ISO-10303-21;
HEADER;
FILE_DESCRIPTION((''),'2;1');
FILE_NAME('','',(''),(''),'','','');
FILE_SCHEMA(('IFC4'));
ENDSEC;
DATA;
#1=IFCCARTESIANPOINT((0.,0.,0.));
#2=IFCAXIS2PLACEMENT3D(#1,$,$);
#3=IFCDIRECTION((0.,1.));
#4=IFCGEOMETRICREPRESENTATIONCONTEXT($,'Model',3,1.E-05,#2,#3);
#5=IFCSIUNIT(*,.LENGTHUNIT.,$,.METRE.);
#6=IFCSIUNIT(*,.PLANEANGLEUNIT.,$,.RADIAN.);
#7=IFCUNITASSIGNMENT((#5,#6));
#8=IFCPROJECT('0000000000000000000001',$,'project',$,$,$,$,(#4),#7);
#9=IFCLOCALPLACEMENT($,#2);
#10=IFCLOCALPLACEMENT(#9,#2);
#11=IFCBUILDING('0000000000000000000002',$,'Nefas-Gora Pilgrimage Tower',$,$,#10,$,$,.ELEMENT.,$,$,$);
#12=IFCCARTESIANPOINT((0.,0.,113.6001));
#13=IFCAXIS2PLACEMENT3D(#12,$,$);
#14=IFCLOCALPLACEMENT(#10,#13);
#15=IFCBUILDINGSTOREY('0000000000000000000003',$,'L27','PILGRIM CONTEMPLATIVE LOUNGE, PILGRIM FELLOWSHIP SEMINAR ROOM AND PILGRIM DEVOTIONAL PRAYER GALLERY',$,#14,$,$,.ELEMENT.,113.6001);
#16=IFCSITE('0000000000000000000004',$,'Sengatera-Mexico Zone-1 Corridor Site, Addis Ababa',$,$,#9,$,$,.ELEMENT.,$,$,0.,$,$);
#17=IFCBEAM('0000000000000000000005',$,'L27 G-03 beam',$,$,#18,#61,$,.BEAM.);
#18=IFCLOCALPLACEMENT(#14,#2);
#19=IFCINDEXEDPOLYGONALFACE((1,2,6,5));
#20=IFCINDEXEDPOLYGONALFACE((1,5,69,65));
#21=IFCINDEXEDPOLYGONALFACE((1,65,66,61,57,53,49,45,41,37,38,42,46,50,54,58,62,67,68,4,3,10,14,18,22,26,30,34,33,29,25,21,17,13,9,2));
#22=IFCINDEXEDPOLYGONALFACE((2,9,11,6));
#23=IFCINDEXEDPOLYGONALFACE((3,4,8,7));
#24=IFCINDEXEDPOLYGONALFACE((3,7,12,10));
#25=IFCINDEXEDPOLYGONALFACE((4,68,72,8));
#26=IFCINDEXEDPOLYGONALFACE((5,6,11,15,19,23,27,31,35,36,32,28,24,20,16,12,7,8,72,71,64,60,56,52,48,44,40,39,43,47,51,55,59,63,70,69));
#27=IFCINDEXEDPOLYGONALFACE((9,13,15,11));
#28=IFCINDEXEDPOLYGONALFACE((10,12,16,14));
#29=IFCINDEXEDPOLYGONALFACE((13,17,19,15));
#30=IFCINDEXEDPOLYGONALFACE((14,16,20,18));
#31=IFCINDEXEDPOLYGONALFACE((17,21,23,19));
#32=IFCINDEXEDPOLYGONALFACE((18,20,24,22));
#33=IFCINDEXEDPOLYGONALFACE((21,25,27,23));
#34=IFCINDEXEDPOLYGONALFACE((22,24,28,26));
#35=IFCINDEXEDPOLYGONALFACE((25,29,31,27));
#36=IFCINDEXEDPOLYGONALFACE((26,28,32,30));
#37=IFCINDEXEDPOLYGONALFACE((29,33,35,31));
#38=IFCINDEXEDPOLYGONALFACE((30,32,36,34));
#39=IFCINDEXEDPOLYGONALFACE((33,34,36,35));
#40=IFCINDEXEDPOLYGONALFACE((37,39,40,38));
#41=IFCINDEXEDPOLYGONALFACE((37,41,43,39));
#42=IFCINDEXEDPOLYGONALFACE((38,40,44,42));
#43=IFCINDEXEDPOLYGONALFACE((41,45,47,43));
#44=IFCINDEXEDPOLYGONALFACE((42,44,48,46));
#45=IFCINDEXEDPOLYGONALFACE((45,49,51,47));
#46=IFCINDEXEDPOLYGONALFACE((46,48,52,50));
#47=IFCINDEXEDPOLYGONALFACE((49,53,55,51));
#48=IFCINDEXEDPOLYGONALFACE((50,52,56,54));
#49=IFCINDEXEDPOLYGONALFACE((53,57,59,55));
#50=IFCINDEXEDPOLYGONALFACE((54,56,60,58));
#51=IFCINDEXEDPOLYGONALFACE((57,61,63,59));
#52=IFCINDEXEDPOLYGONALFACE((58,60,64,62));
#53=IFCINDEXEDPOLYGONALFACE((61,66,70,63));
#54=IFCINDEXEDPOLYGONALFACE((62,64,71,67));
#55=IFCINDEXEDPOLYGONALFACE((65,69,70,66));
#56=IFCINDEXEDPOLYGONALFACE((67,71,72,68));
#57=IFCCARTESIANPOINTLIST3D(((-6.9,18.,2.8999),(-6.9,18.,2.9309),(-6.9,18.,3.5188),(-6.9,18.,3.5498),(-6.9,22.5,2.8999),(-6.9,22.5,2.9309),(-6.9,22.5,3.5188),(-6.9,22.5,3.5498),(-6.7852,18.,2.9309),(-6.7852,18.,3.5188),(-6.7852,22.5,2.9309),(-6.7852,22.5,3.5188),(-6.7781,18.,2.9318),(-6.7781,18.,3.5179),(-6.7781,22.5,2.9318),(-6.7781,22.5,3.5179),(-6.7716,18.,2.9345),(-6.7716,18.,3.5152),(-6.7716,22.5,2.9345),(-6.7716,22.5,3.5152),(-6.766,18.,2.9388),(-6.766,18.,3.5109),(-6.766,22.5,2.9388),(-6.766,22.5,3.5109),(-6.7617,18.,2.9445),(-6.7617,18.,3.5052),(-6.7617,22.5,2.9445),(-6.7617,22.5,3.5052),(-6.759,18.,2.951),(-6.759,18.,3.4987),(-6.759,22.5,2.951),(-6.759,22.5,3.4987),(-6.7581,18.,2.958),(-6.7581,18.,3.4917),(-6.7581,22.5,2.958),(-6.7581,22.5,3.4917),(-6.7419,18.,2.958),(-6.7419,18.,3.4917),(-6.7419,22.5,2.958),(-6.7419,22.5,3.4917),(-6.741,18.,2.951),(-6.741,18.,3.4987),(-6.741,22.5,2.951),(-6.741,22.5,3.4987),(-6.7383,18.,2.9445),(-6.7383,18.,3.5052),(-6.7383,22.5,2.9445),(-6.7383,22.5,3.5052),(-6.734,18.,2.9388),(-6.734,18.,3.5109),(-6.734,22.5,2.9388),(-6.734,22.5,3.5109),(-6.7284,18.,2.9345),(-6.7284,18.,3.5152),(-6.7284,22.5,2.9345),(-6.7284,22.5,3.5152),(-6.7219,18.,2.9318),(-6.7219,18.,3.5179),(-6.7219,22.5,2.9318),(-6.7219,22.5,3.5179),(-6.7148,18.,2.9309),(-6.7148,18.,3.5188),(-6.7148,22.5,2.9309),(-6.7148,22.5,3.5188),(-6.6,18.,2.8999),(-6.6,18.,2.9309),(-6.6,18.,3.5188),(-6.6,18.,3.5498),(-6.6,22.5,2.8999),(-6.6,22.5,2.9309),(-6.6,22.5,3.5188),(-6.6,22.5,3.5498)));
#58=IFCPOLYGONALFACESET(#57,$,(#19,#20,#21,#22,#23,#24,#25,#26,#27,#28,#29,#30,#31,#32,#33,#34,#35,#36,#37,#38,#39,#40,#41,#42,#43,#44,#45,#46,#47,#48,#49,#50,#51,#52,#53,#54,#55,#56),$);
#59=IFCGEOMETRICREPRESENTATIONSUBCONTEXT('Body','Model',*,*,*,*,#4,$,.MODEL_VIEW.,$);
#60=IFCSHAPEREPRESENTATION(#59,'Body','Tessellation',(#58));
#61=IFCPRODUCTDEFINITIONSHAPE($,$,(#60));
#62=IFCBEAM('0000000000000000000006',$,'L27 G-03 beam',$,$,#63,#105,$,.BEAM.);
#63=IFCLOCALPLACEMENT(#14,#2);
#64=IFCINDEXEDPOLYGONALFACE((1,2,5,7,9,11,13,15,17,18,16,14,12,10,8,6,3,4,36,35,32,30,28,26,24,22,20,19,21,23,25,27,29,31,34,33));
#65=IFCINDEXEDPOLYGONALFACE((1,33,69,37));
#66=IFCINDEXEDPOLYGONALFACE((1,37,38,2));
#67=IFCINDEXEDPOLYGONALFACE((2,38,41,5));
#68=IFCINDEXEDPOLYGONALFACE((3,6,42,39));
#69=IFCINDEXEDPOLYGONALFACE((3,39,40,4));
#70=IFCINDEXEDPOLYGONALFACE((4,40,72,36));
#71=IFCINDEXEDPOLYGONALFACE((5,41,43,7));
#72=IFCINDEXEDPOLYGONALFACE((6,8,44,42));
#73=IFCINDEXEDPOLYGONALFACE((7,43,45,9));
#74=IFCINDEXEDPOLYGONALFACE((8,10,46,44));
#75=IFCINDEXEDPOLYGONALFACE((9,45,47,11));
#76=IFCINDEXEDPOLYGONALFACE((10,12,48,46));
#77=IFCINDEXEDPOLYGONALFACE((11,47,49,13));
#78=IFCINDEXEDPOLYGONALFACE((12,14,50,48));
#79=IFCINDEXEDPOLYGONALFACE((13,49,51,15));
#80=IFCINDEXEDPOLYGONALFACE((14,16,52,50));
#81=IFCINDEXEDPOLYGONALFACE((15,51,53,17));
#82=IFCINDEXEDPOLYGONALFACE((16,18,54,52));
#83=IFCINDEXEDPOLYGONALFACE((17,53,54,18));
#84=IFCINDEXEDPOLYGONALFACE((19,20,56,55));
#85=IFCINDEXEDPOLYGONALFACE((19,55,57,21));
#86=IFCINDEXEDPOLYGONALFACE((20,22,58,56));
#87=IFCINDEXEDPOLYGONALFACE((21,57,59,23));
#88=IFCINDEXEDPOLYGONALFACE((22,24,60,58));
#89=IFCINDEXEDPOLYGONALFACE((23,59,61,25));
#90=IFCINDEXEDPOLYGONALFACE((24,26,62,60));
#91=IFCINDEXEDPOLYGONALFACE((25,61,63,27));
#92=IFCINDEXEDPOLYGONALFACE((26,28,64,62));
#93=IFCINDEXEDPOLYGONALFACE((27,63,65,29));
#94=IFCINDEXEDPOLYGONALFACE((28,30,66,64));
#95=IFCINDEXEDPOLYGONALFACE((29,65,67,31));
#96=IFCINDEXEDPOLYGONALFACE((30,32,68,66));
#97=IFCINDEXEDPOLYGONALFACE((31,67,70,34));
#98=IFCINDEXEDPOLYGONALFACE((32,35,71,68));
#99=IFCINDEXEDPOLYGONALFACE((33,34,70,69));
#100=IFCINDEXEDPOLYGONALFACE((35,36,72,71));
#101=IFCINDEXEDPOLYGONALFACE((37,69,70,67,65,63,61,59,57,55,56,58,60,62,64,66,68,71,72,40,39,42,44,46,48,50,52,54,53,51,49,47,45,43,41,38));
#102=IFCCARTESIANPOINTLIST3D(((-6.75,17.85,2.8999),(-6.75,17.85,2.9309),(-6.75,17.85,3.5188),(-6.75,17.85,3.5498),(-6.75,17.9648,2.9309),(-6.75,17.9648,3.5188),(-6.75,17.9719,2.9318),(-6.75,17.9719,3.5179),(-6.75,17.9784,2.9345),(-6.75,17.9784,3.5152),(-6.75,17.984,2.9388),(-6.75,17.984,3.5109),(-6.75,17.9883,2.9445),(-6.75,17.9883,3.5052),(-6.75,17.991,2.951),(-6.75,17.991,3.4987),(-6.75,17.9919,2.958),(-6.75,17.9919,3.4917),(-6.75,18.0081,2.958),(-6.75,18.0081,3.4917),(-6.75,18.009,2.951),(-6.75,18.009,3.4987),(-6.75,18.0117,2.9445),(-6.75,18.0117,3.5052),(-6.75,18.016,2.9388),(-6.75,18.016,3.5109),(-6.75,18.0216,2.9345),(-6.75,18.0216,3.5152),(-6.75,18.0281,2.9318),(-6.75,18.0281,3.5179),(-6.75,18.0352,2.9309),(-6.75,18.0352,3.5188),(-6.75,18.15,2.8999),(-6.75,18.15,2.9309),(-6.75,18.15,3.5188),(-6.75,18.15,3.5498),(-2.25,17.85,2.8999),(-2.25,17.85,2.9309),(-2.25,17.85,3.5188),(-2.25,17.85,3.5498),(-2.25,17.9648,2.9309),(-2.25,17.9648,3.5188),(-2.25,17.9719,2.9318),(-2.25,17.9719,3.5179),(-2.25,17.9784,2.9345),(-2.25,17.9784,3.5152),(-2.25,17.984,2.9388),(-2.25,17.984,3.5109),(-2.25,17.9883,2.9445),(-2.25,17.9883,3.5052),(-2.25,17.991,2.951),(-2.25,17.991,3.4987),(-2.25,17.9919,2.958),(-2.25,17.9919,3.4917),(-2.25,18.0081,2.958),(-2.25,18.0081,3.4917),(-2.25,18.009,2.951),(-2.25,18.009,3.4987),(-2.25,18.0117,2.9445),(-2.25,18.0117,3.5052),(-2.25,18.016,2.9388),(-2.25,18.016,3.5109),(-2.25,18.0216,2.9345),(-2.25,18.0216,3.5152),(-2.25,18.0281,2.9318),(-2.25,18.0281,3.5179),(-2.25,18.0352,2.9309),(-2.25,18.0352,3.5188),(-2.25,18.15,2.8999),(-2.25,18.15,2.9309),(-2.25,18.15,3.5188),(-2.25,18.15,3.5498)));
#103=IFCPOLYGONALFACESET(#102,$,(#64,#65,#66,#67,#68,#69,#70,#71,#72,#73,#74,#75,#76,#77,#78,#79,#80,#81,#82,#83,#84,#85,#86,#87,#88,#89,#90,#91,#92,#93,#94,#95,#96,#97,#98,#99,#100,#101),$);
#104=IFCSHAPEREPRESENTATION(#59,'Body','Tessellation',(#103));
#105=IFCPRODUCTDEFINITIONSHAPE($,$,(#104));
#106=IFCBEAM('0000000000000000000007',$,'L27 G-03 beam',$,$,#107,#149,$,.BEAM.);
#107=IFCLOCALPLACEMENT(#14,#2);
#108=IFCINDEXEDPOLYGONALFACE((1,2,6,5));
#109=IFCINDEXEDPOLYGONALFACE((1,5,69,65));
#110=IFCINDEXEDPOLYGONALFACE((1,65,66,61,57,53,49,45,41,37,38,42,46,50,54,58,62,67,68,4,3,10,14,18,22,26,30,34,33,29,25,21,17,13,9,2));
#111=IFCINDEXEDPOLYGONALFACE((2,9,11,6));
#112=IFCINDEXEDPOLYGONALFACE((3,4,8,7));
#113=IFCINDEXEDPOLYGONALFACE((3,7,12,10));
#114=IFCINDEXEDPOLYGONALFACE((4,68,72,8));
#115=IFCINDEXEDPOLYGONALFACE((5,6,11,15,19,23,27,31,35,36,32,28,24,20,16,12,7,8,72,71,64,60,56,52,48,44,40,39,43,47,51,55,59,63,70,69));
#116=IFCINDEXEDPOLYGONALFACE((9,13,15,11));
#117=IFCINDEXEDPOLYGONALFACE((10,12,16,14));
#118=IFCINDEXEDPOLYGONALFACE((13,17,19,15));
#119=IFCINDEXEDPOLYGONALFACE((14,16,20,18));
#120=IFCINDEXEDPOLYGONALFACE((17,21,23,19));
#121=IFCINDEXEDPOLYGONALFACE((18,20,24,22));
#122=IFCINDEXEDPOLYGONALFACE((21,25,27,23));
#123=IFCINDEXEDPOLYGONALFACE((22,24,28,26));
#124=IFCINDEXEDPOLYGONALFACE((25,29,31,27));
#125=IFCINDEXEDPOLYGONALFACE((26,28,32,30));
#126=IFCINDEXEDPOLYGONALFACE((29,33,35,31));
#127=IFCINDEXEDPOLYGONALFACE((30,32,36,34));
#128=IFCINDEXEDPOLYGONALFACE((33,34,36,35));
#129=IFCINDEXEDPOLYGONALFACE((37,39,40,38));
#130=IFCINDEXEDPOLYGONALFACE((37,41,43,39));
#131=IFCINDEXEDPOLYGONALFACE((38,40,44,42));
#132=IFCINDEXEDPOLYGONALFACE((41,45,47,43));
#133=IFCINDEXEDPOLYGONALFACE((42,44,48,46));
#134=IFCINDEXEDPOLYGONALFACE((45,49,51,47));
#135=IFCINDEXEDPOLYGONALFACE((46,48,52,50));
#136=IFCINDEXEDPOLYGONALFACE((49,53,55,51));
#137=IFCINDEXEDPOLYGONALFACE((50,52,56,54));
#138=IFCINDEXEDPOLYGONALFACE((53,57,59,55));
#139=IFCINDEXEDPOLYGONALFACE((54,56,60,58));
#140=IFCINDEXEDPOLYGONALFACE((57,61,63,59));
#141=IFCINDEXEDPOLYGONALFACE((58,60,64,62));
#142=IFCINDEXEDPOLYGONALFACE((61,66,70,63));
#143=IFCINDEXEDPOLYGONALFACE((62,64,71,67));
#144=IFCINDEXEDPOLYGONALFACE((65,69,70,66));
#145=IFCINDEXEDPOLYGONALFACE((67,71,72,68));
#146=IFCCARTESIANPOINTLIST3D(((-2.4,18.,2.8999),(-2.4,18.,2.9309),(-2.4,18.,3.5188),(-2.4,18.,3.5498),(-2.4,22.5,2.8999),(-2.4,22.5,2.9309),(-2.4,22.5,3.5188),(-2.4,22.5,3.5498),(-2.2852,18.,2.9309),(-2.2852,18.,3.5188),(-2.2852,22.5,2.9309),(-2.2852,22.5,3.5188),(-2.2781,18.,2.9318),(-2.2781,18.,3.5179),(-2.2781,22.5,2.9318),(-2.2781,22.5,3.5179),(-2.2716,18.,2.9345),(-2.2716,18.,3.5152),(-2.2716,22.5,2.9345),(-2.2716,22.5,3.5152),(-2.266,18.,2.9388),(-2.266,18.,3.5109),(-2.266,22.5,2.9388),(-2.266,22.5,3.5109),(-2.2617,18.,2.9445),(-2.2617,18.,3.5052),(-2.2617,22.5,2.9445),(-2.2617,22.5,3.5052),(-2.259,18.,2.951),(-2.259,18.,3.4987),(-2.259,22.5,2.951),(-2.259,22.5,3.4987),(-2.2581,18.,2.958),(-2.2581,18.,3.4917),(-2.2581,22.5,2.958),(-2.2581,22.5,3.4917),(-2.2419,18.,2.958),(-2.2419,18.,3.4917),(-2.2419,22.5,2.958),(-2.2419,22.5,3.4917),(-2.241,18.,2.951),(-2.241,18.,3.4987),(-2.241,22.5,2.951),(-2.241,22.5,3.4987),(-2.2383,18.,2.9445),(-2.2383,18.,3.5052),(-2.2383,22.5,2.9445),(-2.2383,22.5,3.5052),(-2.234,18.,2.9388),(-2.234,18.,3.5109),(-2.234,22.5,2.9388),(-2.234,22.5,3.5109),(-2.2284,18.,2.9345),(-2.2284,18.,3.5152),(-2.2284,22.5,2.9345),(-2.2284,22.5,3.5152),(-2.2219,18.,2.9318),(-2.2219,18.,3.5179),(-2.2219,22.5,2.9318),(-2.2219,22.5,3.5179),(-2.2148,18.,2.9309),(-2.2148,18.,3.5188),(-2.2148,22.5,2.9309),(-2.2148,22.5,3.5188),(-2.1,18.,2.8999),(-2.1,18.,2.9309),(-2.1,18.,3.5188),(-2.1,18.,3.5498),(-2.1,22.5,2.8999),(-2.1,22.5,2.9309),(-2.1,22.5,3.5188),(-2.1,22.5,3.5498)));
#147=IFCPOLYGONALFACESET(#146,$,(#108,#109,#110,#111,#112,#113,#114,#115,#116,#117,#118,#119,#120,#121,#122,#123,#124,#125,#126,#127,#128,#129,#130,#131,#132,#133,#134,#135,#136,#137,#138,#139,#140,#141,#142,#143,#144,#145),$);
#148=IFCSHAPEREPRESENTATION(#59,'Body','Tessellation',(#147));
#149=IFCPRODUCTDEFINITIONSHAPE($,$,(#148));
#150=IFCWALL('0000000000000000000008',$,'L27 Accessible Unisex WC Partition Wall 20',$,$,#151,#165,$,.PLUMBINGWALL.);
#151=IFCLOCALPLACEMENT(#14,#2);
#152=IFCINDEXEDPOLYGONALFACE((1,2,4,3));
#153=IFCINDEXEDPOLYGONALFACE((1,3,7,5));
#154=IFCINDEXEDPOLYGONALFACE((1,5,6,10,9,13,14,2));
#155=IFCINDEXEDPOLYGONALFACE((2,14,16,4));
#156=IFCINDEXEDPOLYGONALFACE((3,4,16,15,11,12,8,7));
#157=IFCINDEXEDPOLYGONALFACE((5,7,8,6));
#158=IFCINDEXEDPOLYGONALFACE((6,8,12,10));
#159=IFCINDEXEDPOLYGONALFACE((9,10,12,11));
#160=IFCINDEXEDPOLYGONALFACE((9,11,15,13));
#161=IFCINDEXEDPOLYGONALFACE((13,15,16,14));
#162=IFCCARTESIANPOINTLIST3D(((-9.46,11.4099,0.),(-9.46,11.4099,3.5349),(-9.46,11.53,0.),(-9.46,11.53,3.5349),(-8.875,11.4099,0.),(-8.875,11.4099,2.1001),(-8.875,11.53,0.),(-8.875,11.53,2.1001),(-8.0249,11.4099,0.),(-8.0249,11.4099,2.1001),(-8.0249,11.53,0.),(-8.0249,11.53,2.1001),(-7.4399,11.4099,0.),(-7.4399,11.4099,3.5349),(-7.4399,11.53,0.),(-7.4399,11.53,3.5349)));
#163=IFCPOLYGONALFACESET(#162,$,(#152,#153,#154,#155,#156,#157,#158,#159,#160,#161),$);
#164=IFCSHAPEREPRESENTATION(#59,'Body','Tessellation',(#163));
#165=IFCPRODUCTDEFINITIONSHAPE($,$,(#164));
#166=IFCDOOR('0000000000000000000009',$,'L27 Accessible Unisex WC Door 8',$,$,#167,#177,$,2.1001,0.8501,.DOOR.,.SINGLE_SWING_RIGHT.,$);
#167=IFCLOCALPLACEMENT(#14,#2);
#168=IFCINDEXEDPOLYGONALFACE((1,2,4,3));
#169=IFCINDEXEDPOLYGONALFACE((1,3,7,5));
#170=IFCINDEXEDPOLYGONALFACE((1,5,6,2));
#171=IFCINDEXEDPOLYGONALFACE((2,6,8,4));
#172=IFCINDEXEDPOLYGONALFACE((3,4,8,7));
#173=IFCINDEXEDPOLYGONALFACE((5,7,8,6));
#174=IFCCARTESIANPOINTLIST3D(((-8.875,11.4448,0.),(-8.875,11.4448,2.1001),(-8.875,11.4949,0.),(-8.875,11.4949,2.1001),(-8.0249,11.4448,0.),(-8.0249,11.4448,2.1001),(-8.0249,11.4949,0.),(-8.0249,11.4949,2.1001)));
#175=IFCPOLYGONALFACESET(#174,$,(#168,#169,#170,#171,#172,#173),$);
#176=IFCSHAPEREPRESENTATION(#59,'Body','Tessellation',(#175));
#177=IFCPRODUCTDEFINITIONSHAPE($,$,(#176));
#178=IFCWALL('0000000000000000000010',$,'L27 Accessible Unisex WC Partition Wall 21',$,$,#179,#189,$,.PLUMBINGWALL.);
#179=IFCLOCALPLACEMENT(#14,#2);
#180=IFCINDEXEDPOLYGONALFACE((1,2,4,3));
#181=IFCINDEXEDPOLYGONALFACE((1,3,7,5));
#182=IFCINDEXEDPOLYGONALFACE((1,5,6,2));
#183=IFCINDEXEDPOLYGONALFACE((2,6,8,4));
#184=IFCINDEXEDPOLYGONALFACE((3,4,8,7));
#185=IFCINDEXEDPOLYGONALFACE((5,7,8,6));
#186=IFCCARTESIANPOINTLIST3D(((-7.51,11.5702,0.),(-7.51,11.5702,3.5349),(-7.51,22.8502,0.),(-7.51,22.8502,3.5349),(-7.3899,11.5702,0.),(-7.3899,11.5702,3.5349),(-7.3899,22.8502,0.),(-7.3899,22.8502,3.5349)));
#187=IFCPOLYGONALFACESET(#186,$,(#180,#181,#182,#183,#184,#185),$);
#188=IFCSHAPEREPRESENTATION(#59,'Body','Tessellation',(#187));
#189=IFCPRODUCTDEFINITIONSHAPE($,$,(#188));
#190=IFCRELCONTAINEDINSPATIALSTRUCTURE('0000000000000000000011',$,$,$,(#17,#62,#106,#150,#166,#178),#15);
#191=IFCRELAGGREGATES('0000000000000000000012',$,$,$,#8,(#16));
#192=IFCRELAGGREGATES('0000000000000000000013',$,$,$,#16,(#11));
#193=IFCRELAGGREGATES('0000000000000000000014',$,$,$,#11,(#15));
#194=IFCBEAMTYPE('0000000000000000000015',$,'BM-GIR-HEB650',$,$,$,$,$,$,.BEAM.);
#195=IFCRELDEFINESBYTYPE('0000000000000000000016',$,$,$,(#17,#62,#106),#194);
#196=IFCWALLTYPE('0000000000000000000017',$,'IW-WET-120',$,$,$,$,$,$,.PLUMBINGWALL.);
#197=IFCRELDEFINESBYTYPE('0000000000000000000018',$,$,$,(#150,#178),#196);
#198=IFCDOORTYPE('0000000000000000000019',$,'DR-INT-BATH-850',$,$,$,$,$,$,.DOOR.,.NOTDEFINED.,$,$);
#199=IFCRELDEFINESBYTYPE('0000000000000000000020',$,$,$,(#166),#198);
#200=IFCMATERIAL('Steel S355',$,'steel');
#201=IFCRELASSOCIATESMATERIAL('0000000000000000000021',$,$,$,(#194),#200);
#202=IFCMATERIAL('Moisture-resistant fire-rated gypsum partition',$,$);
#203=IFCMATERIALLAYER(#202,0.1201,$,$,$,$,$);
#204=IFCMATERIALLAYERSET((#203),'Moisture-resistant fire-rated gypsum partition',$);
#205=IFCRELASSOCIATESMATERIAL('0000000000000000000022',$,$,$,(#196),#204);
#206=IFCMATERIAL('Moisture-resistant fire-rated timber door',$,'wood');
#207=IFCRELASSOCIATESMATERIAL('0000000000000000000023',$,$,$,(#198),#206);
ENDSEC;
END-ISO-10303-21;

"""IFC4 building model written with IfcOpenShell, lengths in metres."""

from ifc_helpers import new_model, si_unit, direction, frame, frame_2d, origin, origin_2d, place, context, subcontext, project, spatial, rectangle, i_section, extrude, source, transform, mapped, material, layer, layer_set, material_profile, profile_set, type_object, element, fill, save


model = new_model("IFC4")

# Units and contexts
model_context = context("Model", 3, precision=1e-05, world=origin(), true_north=direction((0.0, 1.0)))
body_context = subcontext(model_context, "Body", "Model", "MODEL_VIEW")
ifc_project = project(units=[si_unit("LENGTHUNIT", "METRE"), si_unit("PLANEANGLEUNIT", "RADIAN")], contexts=[model_context])

# Site, building, storey
site_placement = place(None, origin())
site = spatial("IfcSite", under=ifc_project, at=site_placement, Name="Sengatera-Mexico Zone-1 Corridor Site, Addis Ababa", CompositionType="ELEMENT", RefElevation=0.0)
building_placement = place(site_placement, origin())
building = spatial("IfcBuilding", under=site, at=building_placement, Name="Nefas-Gora Pilgrimage Tower", CompositionType="ELEMENT")
storey_placement = place(building_placement, frame((0.0, 0.0, 113.6001)))
storey = spatial("IfcBuildingStorey", under=building, at=storey_placement, Name="L27", Description="PILGRIM CONTEMPLATIVE LOUNGE, PILGRIM FELLOWSHIP SEMINAR ROOM AND PILGRIM DEVOTIONAL PRAYER GALLERY", CompositionType="ELEMENT", Elevation=113.6001)

# Beams
ifc_material_1 = material(Name="Steel S355", Category="steel")
ifc_material_profile_1 = material_profile(ifc_material_1, i_section(OverallWidth=0.3, OverallDepth=0.6499, WebThickness=0.0161, FlangeThickness=0.031, FilletRadius=0.0271, at=origin_2d()), Name="HEB 650")
ifc_profile_set_1 = profile_set([ifc_material_profile_1], Name="Steel S355")
beam_type = type_object("IfcBeamType", Name="BM-GIR-HEB650", PredefinedType="BEAM", material=ifc_profile_set_1)
shared_shape_1 = source(origin(), body_context, "Body", "SweptSolid", [
    extrude(i_section(OverallWidth=0.3, OverallDepth=0.6499, WebThickness=0.0161, FlangeThickness=0.031, FilletRadius=0.0271, at=origin_2d()), origin(), (0.0, 0.0, 1.0), 4.5),
])
for number, where, z_axis, x_axis, name in (
    (1, (-6.75, 18.0, 3.2249), (0.0, 1.0, 0.0), (-1.0, 0.0, 0.0), "L27 G-03 beam"),
    (2, (-6.75, 18.0, 3.2249), (1.0, 0.0, 0.0), (0.0, 1.0, 0.0), "L27 G-03 beam"),
    (3, (-2.25, 18.0, 3.2249), (0.0, 1.0, 0.0), (-1.0, 0.0, 0.0), "L27 G-03 beam"),
):
    element("IfcBeam", number, at=place(storey_placement, frame(where, z_axis=z_axis, x_axis=x_axis)), inside=storey, type_object=beam_type, Name=name, PredefinedType="BEAM", context=body_context, shape_type="MappedRepresentation", body=[
        mapped(shared_shape_1, transform((0.0, 0.0, 0.0), x_axis=(1.0, 0.0, 0.0), y_axis=(0.0, 1.0, 0.0), z_axis=(0.0, 0.0, 1.0), scale=1.0)),
    ])

# Wall, opening, door
ifc_material_2 = material(Name="Moisture-resistant fire-rated gypsum partition")
ifc_layer_1 = layer(ifc_material_2, 0.1201)
ifc_layer_set_1 = layer_set([ifc_layer_1], Name="Moisture-resistant fire-rated gypsum partition")
wall_type_1 = type_object("IfcWallType", Name="IW-WET-120", PredefinedType="PLUMBINGWALL", material=ifc_layer_set_1)
shared_shape_2 = source(origin(), body_context, "Body", "SweptSolid", [
    extrude(rectangle(XDim=2.02, YDim=0.1201, at=frame_2d((1.01, 0.0))), origin(), (0.0, 0.0, 1.0), 3.5349),
])
wall_1_placement = place(storey_placement, frame((-9.46, 11.47, 0.0), z_axis=(0.0, 0.0, 1.0), x_axis=(1.0, 0.0, 0.0)))
wall_1 = element("IfcWall", 4, at=wall_1_placement, inside=storey, type_object=wall_type_1, Name="L27 Accessible Unisex WC Partition Wall 20", PredefinedType="PLUMBINGWALL", context=body_context, shape_type="MappedRepresentation", body=[
    mapped(shared_shape_2, transform((0.0, 0.0, 0.0), x_axis=(1.0, 0.0, 0.0), y_axis=(0.0, 1.0, 0.0), z_axis=(0.0, 0.0, 1.0), scale=1.0)),
])
opening_1_placement = place(wall_1_placement, frame((0.585, 0.0, 0.0)))
opening_1 = element("IfcOpeningElement", 5, at=opening_1_placement, cuts=wall_1, PredefinedType="OPENING", context=body_context, shape_type="SweptSolid", body=[
    extrude(rectangle(XDim=0.8501, YDim=2.1001, at=frame_2d((0.425, 1.05))), frame((0.0, 0.0701, 0.0), z_axis=(0.0, -1.0, 0.0), x_axis=(1.0, 0.0, 0.0)), (0.0, 0.0, 1.0), 0.1401),
])
ifc_material_3 = material(Name="Moisture-resistant fire-rated timber door", Category="wood")
door_type_1 = type_object("IfcDoorType", Name="DR-INT-BATH-850", OperationType="NOTDEFINED", PredefinedType="DOOR", material=ifc_material_3)
shared_shape_3 = source(origin(), body_context, "Body", "SweptSolid", [
    extrude(rectangle(XDim=0.8501, YDim=2.1001, at=frame_2d((0.425, 1.05))), frame((0.0, 0.0249, 0.0), z_axis=(0.0, -1.0, 0.0), x_axis=(1.0, 0.0, 0.0)), (0.0, 0.0, 1.0), 0.05),
])
door_1_placement = place(opening_1_placement, origin())
door_1 = element("IfcDoor", 6, at=door_1_placement, inside=storey, type_object=door_type_1, Name="L27 Accessible Unisex WC Door 8", OperationType="SINGLE_SWING_RIGHT", OverallHeight=2.1001, OverallWidth=0.8501, PredefinedType="DOOR", context=body_context, shape_type="MappedRepresentation", body=[
    mapped(shared_shape_3, transform((0.0, 0.0, 0.0), x_axis=(1.0, 0.0, 0.0), y_axis=(0.0, 1.0, 0.0), z_axis=(0.0, 0.0, 1.0), scale=1.0)),
])
fill(opening_1, door_1)

# Wall
shared_shape_4 = source(origin(), body_context, "Body", "SweptSolid", [
    extrude(rectangle(XDim=11.28, YDim=0.1201, at=frame_2d((5.6401, 0.0))), origin(), (0.0, 0.0, 1.0), 3.5349),
])
wall_2_placement = place(storey_placement, frame((-7.45, 11.5701, 0.0), z_axis=(0.0, 0.0, 1.0), x_axis=(0.0, 1.0, 0.0)))
element("IfcWall", 7, at=wall_2_placement, inside=storey, type_object=wall_type_1, Name="L27 Accessible Unisex WC Partition Wall 21", PredefinedType="PLUMBINGWALL", context=body_context, shape_type="MappedRepresentation", body=[
    mapped(shared_shape_4, transform((0.0, 0.0, 0.0), x_axis=(1.0, 0.0, 0.0), y_axis=(0.0, 1.0, 0.0), z_axis=(0.0, 0.0, 1.0), scale=1.0)),
])

save(model, "model.ifc")
